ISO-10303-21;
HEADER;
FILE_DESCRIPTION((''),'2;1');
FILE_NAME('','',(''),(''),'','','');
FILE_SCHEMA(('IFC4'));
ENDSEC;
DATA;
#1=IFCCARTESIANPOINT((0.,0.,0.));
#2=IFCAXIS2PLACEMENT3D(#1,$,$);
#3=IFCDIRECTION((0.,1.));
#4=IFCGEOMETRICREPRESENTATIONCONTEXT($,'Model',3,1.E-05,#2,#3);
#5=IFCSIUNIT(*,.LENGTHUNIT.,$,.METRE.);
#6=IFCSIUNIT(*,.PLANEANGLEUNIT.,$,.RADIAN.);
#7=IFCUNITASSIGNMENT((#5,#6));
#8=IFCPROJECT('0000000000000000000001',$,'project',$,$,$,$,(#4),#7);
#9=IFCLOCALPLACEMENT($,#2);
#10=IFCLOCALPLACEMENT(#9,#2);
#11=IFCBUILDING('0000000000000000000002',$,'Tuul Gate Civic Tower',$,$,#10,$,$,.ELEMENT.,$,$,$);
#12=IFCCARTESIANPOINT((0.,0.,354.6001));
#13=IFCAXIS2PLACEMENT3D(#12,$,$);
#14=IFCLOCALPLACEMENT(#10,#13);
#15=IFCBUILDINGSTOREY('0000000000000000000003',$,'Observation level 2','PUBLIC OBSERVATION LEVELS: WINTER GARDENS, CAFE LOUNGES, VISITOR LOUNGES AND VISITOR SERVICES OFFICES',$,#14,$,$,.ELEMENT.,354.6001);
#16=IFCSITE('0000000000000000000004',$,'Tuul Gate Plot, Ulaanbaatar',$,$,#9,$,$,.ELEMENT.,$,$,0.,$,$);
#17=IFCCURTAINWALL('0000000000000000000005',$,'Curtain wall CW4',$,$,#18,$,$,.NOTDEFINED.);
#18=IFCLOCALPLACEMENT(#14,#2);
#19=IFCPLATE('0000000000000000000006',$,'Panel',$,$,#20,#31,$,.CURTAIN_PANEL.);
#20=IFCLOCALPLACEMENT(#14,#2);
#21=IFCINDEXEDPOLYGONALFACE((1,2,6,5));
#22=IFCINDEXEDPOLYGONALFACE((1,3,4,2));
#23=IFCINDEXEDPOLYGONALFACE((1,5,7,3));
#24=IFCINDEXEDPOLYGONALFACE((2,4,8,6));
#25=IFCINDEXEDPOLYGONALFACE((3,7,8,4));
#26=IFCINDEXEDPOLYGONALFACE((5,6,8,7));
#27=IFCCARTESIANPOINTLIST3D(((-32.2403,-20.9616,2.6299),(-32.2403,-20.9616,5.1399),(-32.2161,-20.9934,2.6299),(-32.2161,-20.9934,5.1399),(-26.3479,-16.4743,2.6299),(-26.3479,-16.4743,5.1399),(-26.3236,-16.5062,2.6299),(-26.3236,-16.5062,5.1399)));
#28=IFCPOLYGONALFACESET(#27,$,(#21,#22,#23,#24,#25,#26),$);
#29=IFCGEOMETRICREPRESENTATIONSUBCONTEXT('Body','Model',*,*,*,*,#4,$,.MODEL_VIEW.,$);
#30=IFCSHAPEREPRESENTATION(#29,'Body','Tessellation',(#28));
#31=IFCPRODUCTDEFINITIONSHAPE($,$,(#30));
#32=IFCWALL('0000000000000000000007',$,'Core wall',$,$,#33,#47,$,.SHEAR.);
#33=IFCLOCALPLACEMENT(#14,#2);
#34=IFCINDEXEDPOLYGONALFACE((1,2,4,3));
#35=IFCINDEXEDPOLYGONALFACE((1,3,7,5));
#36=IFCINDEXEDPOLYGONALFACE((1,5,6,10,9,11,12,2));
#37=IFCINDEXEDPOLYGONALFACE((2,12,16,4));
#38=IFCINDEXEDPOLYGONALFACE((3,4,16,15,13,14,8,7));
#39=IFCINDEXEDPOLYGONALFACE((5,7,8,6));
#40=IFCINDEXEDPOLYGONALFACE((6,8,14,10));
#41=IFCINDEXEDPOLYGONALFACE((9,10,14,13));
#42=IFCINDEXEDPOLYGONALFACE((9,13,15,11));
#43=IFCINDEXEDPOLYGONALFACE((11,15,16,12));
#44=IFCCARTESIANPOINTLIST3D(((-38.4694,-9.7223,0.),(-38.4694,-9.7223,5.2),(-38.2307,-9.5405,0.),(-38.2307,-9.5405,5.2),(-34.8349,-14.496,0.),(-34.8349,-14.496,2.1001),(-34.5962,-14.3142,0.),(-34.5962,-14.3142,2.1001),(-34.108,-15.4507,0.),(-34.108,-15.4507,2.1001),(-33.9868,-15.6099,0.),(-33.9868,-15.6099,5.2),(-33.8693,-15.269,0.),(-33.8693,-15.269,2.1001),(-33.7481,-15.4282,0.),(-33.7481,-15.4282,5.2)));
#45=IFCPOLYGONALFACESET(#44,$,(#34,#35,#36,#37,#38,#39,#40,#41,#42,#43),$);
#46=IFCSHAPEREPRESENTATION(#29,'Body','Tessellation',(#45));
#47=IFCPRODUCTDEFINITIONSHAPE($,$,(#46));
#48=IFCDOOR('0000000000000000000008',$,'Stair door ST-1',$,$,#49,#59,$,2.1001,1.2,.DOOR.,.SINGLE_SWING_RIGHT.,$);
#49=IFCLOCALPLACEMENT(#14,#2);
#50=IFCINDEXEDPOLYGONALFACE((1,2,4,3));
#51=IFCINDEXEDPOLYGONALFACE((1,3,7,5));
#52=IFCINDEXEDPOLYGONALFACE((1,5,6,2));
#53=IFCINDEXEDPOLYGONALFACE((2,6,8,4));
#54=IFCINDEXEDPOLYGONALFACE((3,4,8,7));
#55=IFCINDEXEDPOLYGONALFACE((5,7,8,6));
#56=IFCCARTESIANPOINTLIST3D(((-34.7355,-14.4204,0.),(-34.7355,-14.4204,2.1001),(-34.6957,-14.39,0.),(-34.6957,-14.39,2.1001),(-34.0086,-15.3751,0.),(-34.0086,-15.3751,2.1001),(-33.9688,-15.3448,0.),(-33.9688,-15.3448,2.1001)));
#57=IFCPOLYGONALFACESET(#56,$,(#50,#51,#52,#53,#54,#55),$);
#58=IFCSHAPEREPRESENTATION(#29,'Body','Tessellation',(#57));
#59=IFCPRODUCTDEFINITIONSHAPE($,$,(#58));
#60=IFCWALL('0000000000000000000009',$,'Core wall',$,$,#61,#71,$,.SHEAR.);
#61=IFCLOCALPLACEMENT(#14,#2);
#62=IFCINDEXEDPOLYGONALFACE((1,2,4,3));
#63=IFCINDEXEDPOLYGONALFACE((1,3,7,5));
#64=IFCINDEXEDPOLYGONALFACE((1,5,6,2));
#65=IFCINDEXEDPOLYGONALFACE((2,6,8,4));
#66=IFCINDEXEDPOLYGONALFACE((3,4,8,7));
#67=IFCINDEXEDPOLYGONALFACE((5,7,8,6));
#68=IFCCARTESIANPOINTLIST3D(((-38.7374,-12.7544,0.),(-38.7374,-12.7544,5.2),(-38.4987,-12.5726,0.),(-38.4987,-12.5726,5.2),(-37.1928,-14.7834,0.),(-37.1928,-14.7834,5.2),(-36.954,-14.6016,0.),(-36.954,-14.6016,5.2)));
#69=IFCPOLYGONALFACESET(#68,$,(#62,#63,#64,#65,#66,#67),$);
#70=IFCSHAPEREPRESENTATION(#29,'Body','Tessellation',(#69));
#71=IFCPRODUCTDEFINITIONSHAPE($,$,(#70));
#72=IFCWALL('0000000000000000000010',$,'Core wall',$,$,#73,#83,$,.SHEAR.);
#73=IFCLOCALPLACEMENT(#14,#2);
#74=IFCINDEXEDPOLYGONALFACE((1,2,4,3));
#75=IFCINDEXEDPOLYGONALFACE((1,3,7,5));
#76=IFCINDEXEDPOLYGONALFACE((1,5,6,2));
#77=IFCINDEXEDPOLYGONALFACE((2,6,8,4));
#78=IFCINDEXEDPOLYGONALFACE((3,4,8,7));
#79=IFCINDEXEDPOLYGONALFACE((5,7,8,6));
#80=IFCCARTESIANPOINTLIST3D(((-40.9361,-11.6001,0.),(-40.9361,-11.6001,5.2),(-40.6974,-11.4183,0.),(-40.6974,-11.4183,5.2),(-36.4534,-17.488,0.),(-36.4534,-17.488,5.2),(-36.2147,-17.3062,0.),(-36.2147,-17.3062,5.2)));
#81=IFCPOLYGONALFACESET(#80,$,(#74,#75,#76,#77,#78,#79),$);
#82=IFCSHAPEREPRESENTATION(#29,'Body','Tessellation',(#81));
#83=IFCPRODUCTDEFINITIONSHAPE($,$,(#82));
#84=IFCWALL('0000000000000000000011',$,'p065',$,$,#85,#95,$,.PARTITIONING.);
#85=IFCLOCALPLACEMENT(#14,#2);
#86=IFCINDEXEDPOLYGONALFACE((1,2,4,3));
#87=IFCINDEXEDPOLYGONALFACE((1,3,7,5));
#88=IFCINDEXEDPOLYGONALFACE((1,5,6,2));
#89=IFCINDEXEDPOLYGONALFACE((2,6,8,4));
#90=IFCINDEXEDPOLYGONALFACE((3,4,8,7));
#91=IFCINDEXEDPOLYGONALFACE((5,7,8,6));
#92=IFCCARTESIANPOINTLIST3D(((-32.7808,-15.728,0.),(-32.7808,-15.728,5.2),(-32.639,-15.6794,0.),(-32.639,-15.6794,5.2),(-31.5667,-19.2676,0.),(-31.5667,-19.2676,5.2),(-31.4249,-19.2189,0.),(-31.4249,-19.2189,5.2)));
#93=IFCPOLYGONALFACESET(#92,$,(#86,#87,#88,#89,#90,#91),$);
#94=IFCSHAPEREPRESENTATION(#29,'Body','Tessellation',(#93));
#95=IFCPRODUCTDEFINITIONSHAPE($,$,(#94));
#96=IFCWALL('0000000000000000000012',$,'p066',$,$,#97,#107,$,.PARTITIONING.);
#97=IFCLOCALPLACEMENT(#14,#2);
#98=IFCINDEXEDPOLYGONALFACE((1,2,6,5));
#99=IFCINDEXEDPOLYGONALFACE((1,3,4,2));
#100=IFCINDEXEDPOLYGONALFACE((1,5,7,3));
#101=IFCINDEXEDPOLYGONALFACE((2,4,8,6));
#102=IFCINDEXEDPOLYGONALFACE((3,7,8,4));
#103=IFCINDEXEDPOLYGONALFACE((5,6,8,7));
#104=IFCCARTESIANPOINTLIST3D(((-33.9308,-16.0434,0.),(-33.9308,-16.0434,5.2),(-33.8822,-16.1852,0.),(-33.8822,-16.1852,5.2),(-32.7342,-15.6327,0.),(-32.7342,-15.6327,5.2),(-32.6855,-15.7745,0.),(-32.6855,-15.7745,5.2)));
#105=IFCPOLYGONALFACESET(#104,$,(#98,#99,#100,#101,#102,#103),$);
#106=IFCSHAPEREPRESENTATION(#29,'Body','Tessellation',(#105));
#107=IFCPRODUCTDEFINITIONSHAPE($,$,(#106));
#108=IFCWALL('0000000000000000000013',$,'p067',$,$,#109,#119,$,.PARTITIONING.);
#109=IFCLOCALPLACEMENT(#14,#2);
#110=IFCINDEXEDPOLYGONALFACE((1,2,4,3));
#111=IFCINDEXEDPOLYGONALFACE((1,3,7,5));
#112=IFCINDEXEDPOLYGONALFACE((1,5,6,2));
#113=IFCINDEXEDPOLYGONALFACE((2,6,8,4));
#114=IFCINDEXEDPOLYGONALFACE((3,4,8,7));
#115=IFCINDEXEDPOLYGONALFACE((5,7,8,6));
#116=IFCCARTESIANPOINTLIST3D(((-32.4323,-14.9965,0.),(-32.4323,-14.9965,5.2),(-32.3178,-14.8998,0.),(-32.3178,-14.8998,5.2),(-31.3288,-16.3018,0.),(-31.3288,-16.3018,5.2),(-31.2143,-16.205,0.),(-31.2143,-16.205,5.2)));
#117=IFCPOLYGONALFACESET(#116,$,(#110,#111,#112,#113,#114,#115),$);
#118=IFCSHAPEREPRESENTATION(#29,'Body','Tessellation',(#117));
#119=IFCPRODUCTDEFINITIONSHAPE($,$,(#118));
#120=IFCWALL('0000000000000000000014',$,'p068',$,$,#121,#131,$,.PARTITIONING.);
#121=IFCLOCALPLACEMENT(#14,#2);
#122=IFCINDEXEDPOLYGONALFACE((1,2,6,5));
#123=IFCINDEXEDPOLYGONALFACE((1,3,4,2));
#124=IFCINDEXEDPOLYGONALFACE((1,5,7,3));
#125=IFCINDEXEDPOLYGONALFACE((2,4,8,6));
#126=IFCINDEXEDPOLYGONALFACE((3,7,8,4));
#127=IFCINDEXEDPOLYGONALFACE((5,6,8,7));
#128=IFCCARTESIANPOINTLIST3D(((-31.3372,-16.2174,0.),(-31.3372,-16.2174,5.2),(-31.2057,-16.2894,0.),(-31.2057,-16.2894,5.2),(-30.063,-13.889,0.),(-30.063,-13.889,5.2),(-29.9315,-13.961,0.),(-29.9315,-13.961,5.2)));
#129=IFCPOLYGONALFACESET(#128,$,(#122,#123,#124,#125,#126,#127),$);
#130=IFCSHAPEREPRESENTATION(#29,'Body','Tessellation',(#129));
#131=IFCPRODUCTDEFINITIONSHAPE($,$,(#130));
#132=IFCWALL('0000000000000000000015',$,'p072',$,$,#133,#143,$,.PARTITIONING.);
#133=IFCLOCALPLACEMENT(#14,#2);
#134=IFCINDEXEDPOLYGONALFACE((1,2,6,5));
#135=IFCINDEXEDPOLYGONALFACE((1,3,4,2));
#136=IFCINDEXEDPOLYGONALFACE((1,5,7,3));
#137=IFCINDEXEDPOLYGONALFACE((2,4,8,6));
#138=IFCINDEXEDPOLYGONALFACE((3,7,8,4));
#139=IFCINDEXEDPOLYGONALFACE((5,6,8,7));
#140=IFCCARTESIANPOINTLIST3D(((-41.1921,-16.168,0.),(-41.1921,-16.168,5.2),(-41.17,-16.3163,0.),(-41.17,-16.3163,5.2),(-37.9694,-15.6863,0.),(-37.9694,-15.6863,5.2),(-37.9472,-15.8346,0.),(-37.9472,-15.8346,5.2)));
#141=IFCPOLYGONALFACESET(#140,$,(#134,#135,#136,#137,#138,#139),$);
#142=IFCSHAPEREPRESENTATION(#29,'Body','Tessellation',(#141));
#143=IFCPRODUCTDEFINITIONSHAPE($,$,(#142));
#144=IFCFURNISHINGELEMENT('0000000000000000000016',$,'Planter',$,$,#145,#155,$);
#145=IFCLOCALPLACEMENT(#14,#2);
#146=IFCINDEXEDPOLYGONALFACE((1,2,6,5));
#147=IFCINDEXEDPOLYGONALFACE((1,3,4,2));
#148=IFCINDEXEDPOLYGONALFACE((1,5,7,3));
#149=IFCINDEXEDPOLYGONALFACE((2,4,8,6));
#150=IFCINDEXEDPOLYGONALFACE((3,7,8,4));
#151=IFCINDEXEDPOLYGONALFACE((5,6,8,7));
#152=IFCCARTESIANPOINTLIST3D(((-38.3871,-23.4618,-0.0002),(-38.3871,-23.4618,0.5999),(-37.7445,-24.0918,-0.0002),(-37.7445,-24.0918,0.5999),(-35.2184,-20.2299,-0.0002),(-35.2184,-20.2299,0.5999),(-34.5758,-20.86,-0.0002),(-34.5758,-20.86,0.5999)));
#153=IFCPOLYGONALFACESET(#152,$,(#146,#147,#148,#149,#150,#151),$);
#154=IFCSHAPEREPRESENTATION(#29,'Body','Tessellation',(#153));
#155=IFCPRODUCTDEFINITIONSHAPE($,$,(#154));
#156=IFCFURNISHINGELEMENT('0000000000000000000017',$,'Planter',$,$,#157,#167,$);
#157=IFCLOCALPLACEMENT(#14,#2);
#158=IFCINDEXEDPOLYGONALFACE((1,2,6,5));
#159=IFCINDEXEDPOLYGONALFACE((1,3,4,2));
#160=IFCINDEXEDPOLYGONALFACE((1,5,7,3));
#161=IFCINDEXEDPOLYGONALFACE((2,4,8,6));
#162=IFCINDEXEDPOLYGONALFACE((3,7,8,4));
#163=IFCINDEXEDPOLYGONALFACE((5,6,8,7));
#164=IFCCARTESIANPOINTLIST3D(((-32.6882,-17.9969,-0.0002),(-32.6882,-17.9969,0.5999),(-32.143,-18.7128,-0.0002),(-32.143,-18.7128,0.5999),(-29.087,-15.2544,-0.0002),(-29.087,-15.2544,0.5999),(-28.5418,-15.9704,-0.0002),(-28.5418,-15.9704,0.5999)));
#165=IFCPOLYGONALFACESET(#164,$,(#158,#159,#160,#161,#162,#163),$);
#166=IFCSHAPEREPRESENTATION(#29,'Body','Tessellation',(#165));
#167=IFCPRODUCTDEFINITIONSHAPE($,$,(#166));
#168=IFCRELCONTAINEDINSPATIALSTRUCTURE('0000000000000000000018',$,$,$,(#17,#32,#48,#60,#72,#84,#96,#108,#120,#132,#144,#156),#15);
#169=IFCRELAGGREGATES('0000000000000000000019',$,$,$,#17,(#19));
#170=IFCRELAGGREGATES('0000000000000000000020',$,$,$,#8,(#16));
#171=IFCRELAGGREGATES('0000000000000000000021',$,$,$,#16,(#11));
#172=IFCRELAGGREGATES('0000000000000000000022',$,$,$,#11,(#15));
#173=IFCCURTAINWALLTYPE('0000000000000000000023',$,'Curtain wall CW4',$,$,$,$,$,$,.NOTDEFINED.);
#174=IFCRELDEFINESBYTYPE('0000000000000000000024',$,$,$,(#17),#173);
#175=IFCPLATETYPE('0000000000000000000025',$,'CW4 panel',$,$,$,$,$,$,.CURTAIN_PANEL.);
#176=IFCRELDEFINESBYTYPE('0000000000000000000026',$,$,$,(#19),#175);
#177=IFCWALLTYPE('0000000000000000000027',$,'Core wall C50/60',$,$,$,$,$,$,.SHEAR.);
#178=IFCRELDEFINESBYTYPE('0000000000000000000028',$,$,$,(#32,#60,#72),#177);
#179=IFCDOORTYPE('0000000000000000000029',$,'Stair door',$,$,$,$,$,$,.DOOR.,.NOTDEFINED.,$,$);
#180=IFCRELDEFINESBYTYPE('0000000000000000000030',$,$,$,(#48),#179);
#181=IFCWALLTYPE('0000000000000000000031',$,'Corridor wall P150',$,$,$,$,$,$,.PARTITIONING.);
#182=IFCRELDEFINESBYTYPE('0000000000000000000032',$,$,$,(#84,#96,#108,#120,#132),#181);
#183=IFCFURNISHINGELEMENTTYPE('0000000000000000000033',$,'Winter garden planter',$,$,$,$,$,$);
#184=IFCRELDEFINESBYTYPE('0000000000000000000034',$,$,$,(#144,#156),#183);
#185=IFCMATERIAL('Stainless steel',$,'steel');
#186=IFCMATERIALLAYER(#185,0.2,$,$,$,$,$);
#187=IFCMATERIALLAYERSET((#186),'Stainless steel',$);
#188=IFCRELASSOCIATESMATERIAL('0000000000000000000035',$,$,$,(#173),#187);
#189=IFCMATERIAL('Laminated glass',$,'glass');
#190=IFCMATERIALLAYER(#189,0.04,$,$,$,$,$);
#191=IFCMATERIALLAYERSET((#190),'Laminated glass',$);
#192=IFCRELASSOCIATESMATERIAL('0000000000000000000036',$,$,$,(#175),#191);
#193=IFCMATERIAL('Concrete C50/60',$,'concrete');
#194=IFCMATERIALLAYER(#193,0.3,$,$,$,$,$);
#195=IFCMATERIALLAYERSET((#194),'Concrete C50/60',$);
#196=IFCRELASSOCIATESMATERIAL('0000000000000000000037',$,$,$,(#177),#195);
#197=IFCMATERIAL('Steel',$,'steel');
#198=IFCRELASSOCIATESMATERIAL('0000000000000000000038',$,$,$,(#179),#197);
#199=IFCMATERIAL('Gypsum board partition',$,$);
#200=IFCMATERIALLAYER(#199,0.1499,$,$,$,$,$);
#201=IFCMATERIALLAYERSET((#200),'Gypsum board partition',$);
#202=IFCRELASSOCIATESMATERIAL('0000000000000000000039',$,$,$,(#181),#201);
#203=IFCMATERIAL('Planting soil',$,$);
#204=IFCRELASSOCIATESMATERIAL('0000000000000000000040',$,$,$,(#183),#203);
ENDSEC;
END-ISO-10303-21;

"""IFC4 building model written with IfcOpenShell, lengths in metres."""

from ifc_helpers import new_model, si_unit, direction, frame, frame_2d, origin, origin_2d, place, context, subcontext, project, spatial, rectangle, extrude, material, layer, layer_set, type_object, element, fill, aggregate, save


model = new_model("IFC4")

# Units and contexts
model_context = context("Model", 3, precision=1e-05, world=origin(), true_north=direction((0.0, 1.0)))
body_context = subcontext(model_context, "Body", "Model", "MODEL_VIEW")
ifc_project = project(units=[si_unit("LENGTHUNIT", "METRE"), si_unit("PLANEANGLEUNIT", "RADIAN")], contexts=[model_context])

# Site, building, storey
site_placement = place(None, origin())
site = spatial("IfcSite", under=ifc_project, at=site_placement, Name="Tuul Gate Plot, Ulaanbaatar", CompositionType="ELEMENT", RefElevation=0.0)
building_placement = place(site_placement, origin())
building = spatial("IfcBuilding", under=site, at=building_placement, Name="Tuul Gate Civic Tower", CompositionType="ELEMENT")
storey_placement = place(building_placement, frame((0.0, 0.0, 354.6001)))
storey = spatial("IfcBuildingStorey", under=building, at=storey_placement, Name="Observation level 2", Description="PUBLIC OBSERVATION LEVELS: WINTER GARDENS, CAFE LOUNGES, VISITOR LOUNGES AND VISITOR SERVICES OFFICES", CompositionType="ELEMENT", Elevation=354.6001)

# Shared definitions
ifc_material_1 = material(Name="Stainless steel", Category="steel")
ifc_layer_1 = layer(ifc_material_1, 0.2)
ifc_layer_set_1 = layer_set([ifc_layer_1], Name="Stainless steel")
curtain_wall_type = type_object("IfcCurtainWallType", Name="Curtain wall CW4", PredefinedType="NOTDEFINED", material=ifc_layer_set_1)

# Curtain wall
curtain_wall_1_placement = place(storey_placement, origin())
curtain_wall_1 = element("IfcCurtainWall", 1, at=curtain_wall_1_placement, inside=storey, type_object=curtain_wall_type, Name="Curtain wall CW4", PredefinedType="NOTDEFINED")

# Plate
ifc_material_2 = material(Name="Laminated glass", Category="glass")
ifc_layer_2 = layer(ifc_material_2, 0.04)
ifc_layer_set_2 = layer_set([ifc_layer_2], Name="Laminated glass")
plate_type = type_object("IfcPlateType", Name="CW4 panel", PredefinedType="CURTAIN_PANEL", material=ifc_layer_set_2)
plate_1_placement = place(storey_placement, frame((-29.282, -18.7339, 2.6299), z_axis=(0.0, 0.0, 1.0), x_axis=(0.795578, 0.605851, 0.0)))
plate_1 = element("IfcPlate", 2, at=plate_1_placement, type_object=plate_type, Name="Panel", PredefinedType="CURTAIN_PANEL", context=body_context, shape_type="SweptSolid", body=[
    extrude(rectangle(XDim=7.4065, YDim=0.04, at=origin_2d()), origin(), (0.0, 0.0, 1.0), 2.51),
])
aggregate(curtain_wall_1, [plate_1])

# Wall, opening, door
ifc_material_3 = material(Name="Concrete C50/60", Category="concrete")
ifc_layer_3 = layer(ifc_material_3, 0.3)
ifc_layer_set_3 = layer_set([ifc_layer_3], Name="Concrete C50/60")
wall_type_1 = type_object("IfcWallType", Name="Core wall C50/60", PredefinedType="SHEAR", material=ifc_layer_set_3)
wall_1_placement = place(storey_placement, frame((-33.8674, -15.519, 0.0), z_axis=(0.0, 0.0, 1.0), x_axis=(-0.60577, 0.79564, 0.0)))
wall_1 = element("IfcWall", 3, at=wall_1_placement, inside=storey, type_object=wall_type_1, Name="Core wall", PredefinedType="SHEAR", context=body_context, shape_type="SweptSolid", body=[
    extrude(rectangle(XDim=7.3999, YDim=0.3, at=frame_2d((3.7, 0.0))), origin(), (0.0, 0.0, 1.0), 5.2),
])
opening_placement = place(wall_1_placement, frame((0.2, 0.0, 0.0)))
opening = element("IfcOpeningElement", 4, at=opening_placement, cuts=wall_1, PredefinedType="OPENING", context=body_context, shape_type="SweptSolid", body=[
    extrude(rectangle(XDim=1.2, YDim=2.1001, at=frame_2d((0.6001, 1.05))), frame((0.0, 0.1602, 0.0), z_axis=(0.0, -1.0, 0.0), x_axis=(1.0, 0.0, 0.0)), (0.0, 0.0, 1.0), 0.3201),
])
ifc_material_4 = material(Name="Steel", Category="steel")
door_type = type_object("IfcDoorType", Name="Stair door", OperationType="NOTDEFINED", PredefinedType="DOOR", material=ifc_material_4)
door_placement = place(opening_placement, frame((1.2, 0.0, 0.0), z_axis=(0.0, 0.0, 1.0), x_axis=(-1.0, 0.0, 0.0)))
door = element("IfcDoor", 5, at=door_placement, inside=storey, type_object=door_type, Name="Stair door ST-1", OperationType="SINGLE_SWING_RIGHT", OverallHeight=2.1001, OverallWidth=1.2, PredefinedType="DOOR", context=body_context, shape_type="SweptSolid", body=[
    extrude(rectangle(XDim=1.2, YDim=2.1001, at=frame_2d((0.5999, 1.05))), frame((0.0, 0.0249, 0.0), z_axis=(0.0, -1.0, 0.0), x_axis=(1.0, 0.0, 0.0)), (0.0, 0.0, 1.0), 0.05),
])
fill(opening, door)

# Walls
wall_2_placement = place(storey_placement, frame((-37.0735, -14.6924, 0.0), z_axis=(0.0, 0.0, 1.0), x_axis=(-0.605729, 0.795671, 0.0)))
element("IfcWall", 6, at=wall_2_placement, inside=storey, type_object=wall_type_1, Name="Core wall", PredefinedType="SHEAR", context=body_context, shape_type="SweptSolid", body=[
    extrude(rectangle(XDim=2.55, YDim=0.3, at=frame_2d((1.2749, 0.0))), origin(), (0.0, 0.0, 1.0), 5.2),
])
wall_3_placement = place(storey_placement, frame((-36.334, -17.3972, 0.0), z_axis=(0.0, 0.0, 1.0), x_axis=(-0.605754, 0.795652, 0.0)))
element("IfcWall", 7, at=wall_3_placement, inside=storey, type_object=wall_type_1, Name="Core wall", PredefinedType="SHEAR", context=body_context, shape_type="SweptSolid", body=[
    extrude(rectangle(XDim=7.4001, YDim=0.3, at=frame_2d((3.7002, 0.0))), origin(), (0.0, 0.0, 1.0), 5.2),
])
ifc_material_5 = material(Name="Gypsum board partition")
ifc_layer_4 = layer(ifc_material_5, 0.1499)
ifc_layer_set_4 = layer_set([ifc_layer_4], Name="Gypsum board partition")
wall_type_2 = type_object("IfcWallType", Name="Corridor wall P150", PredefinedType="PARTITIONING", material=ifc_layer_set_4)
wall_4_placement = place(storey_placement, frame((-32.71, -15.7036, 0.0), z_axis=(0.0, 0.0, 1.0), x_axis=(0.324456, -0.945901, 0.0)))
element("IfcWall", 8, at=wall_4_placement, inside=storey, type_object=wall_type_2, Name="p065", PredefinedType="PARTITIONING", context=body_context, shape_type="SweptSolid", body=[
    extrude(rectangle(XDim=3.7419, YDim=0.1499, at=frame_2d((1.8711, 0.0))), origin(), (0.0, 0.0, 1.0), 5.2),
])
wall_5_placement = place(storey_placement, frame((-33.9065, -16.1143, 0.0), z_axis=(0.0, 0.0, 1.0), x_axis=(0.945848, 0.32461, 0.0)))
element("IfcWall", 9, at=wall_5_placement, inside=storey, type_object=wall_type_2, Name="p066", PredefinedType="PARTITIONING", context=body_context, shape_type="SweptSolid", body=[
    extrude(rectangle(XDim=1.2651, YDim=0.1499, at=frame_2d((0.6326, 0.0))), origin(), (0.0, 0.0, 1.0), 5.2),
])
wall_6_placement = place(storey_placement, frame((-32.375, -14.9482, 0.0), z_axis=(0.0, 0.0, 1.0), x_axis=(0.645648, -0.763635, 0.0)))
element("IfcWall", 10, at=wall_6_placement, inside=storey, type_object=wall_type_2, Name="p067", PredefinedType="PARTITIONING", context=body_context, shape_type="SweptSolid", body=[
    extrude(rectangle(XDim=1.7092, YDim=0.1499, at=frame_2d((0.8545, 0.0))), origin(), (0.0, 0.0, 1.0), 5.2),
])
wall_7_placement = place(storey_placement, frame((-31.2715, -16.2534, 0.0), z_axis=(0.0, 0.0, 1.0), x_axis=(0.480057, 0.877237, 0.0)))
element("IfcWall", 11, at=wall_7_placement, inside=storey, type_object=wall_type_2, Name="p068", PredefinedType="PARTITIONING", context=body_context, shape_type="SweptSolid", body=[
    extrude(rectangle(XDim=2.6543, YDim=0.1499, at=frame_2d((1.3271, 0.0))), origin(), (0.0, 0.0, 1.0), 5.2),
])
wall_8_placement = place(storey_placement, frame((-41.1812, -16.2422, 0.0), z_axis=(0.0, 0.0, 1.0), x_axis=(0.989013, 0.147827, 0.0)))
element("IfcWall", 12, at=wall_8_placement, inside=storey, type_object=wall_type_2, Name="p072", PredefinedType="PARTITIONING", context=body_context, shape_type="SweptSolid", body=[
    extrude(rectangle(XDim=3.2585, YDim=0.1499, at=frame_2d((1.6294, 0.0))), origin(), (0.0, 0.0, 1.0), 5.2),
])

# Furnishing elements
ifc_material_6 = material(Name="Planting soil")
furnishing_element_type = type_object("IfcFurnishingElementType", Name="Winter garden planter", material=ifc_material_6)
furnishing_1_placement = place(storey_placement, frame((-36.4814, -22.1609, -0.0002), z_axis=(0.0, 0.0, 1.0), x_axis=(0.700097, 0.714048, 0.0)))
element("IfcFurnishingElement", 13, at=furnishing_1_placement, inside=storey, type_object=furnishing_element_type, Name="Planter", context=body_context, shape_type="SweptSolid", body=[
    extrude(rectangle(XDim=4.5261, YDim=0.8999, at=origin_2d()), origin(), (0.0, 0.0, 1.0), 0.6001),
])
furnishing_2_placement = place(storey_placement, frame((-30.615, -16.9836, -0.0002), z_axis=(0.0, 0.0, 1.0), x_axis=(0.795578, 0.605851, 0.0)))
element("IfcFurnishingElement", 14, at=furnishing_2_placement, inside=storey, type_object=furnishing_element_type, Name="Planter", context=body_context, shape_type="SweptSolid", body=[
    extrude(rectangle(XDim=4.5266, YDim=0.8999, at=origin_2d()), origin(), (0.0, 0.0, 1.0), 0.6001),
])

save(model, "model.ifc")
